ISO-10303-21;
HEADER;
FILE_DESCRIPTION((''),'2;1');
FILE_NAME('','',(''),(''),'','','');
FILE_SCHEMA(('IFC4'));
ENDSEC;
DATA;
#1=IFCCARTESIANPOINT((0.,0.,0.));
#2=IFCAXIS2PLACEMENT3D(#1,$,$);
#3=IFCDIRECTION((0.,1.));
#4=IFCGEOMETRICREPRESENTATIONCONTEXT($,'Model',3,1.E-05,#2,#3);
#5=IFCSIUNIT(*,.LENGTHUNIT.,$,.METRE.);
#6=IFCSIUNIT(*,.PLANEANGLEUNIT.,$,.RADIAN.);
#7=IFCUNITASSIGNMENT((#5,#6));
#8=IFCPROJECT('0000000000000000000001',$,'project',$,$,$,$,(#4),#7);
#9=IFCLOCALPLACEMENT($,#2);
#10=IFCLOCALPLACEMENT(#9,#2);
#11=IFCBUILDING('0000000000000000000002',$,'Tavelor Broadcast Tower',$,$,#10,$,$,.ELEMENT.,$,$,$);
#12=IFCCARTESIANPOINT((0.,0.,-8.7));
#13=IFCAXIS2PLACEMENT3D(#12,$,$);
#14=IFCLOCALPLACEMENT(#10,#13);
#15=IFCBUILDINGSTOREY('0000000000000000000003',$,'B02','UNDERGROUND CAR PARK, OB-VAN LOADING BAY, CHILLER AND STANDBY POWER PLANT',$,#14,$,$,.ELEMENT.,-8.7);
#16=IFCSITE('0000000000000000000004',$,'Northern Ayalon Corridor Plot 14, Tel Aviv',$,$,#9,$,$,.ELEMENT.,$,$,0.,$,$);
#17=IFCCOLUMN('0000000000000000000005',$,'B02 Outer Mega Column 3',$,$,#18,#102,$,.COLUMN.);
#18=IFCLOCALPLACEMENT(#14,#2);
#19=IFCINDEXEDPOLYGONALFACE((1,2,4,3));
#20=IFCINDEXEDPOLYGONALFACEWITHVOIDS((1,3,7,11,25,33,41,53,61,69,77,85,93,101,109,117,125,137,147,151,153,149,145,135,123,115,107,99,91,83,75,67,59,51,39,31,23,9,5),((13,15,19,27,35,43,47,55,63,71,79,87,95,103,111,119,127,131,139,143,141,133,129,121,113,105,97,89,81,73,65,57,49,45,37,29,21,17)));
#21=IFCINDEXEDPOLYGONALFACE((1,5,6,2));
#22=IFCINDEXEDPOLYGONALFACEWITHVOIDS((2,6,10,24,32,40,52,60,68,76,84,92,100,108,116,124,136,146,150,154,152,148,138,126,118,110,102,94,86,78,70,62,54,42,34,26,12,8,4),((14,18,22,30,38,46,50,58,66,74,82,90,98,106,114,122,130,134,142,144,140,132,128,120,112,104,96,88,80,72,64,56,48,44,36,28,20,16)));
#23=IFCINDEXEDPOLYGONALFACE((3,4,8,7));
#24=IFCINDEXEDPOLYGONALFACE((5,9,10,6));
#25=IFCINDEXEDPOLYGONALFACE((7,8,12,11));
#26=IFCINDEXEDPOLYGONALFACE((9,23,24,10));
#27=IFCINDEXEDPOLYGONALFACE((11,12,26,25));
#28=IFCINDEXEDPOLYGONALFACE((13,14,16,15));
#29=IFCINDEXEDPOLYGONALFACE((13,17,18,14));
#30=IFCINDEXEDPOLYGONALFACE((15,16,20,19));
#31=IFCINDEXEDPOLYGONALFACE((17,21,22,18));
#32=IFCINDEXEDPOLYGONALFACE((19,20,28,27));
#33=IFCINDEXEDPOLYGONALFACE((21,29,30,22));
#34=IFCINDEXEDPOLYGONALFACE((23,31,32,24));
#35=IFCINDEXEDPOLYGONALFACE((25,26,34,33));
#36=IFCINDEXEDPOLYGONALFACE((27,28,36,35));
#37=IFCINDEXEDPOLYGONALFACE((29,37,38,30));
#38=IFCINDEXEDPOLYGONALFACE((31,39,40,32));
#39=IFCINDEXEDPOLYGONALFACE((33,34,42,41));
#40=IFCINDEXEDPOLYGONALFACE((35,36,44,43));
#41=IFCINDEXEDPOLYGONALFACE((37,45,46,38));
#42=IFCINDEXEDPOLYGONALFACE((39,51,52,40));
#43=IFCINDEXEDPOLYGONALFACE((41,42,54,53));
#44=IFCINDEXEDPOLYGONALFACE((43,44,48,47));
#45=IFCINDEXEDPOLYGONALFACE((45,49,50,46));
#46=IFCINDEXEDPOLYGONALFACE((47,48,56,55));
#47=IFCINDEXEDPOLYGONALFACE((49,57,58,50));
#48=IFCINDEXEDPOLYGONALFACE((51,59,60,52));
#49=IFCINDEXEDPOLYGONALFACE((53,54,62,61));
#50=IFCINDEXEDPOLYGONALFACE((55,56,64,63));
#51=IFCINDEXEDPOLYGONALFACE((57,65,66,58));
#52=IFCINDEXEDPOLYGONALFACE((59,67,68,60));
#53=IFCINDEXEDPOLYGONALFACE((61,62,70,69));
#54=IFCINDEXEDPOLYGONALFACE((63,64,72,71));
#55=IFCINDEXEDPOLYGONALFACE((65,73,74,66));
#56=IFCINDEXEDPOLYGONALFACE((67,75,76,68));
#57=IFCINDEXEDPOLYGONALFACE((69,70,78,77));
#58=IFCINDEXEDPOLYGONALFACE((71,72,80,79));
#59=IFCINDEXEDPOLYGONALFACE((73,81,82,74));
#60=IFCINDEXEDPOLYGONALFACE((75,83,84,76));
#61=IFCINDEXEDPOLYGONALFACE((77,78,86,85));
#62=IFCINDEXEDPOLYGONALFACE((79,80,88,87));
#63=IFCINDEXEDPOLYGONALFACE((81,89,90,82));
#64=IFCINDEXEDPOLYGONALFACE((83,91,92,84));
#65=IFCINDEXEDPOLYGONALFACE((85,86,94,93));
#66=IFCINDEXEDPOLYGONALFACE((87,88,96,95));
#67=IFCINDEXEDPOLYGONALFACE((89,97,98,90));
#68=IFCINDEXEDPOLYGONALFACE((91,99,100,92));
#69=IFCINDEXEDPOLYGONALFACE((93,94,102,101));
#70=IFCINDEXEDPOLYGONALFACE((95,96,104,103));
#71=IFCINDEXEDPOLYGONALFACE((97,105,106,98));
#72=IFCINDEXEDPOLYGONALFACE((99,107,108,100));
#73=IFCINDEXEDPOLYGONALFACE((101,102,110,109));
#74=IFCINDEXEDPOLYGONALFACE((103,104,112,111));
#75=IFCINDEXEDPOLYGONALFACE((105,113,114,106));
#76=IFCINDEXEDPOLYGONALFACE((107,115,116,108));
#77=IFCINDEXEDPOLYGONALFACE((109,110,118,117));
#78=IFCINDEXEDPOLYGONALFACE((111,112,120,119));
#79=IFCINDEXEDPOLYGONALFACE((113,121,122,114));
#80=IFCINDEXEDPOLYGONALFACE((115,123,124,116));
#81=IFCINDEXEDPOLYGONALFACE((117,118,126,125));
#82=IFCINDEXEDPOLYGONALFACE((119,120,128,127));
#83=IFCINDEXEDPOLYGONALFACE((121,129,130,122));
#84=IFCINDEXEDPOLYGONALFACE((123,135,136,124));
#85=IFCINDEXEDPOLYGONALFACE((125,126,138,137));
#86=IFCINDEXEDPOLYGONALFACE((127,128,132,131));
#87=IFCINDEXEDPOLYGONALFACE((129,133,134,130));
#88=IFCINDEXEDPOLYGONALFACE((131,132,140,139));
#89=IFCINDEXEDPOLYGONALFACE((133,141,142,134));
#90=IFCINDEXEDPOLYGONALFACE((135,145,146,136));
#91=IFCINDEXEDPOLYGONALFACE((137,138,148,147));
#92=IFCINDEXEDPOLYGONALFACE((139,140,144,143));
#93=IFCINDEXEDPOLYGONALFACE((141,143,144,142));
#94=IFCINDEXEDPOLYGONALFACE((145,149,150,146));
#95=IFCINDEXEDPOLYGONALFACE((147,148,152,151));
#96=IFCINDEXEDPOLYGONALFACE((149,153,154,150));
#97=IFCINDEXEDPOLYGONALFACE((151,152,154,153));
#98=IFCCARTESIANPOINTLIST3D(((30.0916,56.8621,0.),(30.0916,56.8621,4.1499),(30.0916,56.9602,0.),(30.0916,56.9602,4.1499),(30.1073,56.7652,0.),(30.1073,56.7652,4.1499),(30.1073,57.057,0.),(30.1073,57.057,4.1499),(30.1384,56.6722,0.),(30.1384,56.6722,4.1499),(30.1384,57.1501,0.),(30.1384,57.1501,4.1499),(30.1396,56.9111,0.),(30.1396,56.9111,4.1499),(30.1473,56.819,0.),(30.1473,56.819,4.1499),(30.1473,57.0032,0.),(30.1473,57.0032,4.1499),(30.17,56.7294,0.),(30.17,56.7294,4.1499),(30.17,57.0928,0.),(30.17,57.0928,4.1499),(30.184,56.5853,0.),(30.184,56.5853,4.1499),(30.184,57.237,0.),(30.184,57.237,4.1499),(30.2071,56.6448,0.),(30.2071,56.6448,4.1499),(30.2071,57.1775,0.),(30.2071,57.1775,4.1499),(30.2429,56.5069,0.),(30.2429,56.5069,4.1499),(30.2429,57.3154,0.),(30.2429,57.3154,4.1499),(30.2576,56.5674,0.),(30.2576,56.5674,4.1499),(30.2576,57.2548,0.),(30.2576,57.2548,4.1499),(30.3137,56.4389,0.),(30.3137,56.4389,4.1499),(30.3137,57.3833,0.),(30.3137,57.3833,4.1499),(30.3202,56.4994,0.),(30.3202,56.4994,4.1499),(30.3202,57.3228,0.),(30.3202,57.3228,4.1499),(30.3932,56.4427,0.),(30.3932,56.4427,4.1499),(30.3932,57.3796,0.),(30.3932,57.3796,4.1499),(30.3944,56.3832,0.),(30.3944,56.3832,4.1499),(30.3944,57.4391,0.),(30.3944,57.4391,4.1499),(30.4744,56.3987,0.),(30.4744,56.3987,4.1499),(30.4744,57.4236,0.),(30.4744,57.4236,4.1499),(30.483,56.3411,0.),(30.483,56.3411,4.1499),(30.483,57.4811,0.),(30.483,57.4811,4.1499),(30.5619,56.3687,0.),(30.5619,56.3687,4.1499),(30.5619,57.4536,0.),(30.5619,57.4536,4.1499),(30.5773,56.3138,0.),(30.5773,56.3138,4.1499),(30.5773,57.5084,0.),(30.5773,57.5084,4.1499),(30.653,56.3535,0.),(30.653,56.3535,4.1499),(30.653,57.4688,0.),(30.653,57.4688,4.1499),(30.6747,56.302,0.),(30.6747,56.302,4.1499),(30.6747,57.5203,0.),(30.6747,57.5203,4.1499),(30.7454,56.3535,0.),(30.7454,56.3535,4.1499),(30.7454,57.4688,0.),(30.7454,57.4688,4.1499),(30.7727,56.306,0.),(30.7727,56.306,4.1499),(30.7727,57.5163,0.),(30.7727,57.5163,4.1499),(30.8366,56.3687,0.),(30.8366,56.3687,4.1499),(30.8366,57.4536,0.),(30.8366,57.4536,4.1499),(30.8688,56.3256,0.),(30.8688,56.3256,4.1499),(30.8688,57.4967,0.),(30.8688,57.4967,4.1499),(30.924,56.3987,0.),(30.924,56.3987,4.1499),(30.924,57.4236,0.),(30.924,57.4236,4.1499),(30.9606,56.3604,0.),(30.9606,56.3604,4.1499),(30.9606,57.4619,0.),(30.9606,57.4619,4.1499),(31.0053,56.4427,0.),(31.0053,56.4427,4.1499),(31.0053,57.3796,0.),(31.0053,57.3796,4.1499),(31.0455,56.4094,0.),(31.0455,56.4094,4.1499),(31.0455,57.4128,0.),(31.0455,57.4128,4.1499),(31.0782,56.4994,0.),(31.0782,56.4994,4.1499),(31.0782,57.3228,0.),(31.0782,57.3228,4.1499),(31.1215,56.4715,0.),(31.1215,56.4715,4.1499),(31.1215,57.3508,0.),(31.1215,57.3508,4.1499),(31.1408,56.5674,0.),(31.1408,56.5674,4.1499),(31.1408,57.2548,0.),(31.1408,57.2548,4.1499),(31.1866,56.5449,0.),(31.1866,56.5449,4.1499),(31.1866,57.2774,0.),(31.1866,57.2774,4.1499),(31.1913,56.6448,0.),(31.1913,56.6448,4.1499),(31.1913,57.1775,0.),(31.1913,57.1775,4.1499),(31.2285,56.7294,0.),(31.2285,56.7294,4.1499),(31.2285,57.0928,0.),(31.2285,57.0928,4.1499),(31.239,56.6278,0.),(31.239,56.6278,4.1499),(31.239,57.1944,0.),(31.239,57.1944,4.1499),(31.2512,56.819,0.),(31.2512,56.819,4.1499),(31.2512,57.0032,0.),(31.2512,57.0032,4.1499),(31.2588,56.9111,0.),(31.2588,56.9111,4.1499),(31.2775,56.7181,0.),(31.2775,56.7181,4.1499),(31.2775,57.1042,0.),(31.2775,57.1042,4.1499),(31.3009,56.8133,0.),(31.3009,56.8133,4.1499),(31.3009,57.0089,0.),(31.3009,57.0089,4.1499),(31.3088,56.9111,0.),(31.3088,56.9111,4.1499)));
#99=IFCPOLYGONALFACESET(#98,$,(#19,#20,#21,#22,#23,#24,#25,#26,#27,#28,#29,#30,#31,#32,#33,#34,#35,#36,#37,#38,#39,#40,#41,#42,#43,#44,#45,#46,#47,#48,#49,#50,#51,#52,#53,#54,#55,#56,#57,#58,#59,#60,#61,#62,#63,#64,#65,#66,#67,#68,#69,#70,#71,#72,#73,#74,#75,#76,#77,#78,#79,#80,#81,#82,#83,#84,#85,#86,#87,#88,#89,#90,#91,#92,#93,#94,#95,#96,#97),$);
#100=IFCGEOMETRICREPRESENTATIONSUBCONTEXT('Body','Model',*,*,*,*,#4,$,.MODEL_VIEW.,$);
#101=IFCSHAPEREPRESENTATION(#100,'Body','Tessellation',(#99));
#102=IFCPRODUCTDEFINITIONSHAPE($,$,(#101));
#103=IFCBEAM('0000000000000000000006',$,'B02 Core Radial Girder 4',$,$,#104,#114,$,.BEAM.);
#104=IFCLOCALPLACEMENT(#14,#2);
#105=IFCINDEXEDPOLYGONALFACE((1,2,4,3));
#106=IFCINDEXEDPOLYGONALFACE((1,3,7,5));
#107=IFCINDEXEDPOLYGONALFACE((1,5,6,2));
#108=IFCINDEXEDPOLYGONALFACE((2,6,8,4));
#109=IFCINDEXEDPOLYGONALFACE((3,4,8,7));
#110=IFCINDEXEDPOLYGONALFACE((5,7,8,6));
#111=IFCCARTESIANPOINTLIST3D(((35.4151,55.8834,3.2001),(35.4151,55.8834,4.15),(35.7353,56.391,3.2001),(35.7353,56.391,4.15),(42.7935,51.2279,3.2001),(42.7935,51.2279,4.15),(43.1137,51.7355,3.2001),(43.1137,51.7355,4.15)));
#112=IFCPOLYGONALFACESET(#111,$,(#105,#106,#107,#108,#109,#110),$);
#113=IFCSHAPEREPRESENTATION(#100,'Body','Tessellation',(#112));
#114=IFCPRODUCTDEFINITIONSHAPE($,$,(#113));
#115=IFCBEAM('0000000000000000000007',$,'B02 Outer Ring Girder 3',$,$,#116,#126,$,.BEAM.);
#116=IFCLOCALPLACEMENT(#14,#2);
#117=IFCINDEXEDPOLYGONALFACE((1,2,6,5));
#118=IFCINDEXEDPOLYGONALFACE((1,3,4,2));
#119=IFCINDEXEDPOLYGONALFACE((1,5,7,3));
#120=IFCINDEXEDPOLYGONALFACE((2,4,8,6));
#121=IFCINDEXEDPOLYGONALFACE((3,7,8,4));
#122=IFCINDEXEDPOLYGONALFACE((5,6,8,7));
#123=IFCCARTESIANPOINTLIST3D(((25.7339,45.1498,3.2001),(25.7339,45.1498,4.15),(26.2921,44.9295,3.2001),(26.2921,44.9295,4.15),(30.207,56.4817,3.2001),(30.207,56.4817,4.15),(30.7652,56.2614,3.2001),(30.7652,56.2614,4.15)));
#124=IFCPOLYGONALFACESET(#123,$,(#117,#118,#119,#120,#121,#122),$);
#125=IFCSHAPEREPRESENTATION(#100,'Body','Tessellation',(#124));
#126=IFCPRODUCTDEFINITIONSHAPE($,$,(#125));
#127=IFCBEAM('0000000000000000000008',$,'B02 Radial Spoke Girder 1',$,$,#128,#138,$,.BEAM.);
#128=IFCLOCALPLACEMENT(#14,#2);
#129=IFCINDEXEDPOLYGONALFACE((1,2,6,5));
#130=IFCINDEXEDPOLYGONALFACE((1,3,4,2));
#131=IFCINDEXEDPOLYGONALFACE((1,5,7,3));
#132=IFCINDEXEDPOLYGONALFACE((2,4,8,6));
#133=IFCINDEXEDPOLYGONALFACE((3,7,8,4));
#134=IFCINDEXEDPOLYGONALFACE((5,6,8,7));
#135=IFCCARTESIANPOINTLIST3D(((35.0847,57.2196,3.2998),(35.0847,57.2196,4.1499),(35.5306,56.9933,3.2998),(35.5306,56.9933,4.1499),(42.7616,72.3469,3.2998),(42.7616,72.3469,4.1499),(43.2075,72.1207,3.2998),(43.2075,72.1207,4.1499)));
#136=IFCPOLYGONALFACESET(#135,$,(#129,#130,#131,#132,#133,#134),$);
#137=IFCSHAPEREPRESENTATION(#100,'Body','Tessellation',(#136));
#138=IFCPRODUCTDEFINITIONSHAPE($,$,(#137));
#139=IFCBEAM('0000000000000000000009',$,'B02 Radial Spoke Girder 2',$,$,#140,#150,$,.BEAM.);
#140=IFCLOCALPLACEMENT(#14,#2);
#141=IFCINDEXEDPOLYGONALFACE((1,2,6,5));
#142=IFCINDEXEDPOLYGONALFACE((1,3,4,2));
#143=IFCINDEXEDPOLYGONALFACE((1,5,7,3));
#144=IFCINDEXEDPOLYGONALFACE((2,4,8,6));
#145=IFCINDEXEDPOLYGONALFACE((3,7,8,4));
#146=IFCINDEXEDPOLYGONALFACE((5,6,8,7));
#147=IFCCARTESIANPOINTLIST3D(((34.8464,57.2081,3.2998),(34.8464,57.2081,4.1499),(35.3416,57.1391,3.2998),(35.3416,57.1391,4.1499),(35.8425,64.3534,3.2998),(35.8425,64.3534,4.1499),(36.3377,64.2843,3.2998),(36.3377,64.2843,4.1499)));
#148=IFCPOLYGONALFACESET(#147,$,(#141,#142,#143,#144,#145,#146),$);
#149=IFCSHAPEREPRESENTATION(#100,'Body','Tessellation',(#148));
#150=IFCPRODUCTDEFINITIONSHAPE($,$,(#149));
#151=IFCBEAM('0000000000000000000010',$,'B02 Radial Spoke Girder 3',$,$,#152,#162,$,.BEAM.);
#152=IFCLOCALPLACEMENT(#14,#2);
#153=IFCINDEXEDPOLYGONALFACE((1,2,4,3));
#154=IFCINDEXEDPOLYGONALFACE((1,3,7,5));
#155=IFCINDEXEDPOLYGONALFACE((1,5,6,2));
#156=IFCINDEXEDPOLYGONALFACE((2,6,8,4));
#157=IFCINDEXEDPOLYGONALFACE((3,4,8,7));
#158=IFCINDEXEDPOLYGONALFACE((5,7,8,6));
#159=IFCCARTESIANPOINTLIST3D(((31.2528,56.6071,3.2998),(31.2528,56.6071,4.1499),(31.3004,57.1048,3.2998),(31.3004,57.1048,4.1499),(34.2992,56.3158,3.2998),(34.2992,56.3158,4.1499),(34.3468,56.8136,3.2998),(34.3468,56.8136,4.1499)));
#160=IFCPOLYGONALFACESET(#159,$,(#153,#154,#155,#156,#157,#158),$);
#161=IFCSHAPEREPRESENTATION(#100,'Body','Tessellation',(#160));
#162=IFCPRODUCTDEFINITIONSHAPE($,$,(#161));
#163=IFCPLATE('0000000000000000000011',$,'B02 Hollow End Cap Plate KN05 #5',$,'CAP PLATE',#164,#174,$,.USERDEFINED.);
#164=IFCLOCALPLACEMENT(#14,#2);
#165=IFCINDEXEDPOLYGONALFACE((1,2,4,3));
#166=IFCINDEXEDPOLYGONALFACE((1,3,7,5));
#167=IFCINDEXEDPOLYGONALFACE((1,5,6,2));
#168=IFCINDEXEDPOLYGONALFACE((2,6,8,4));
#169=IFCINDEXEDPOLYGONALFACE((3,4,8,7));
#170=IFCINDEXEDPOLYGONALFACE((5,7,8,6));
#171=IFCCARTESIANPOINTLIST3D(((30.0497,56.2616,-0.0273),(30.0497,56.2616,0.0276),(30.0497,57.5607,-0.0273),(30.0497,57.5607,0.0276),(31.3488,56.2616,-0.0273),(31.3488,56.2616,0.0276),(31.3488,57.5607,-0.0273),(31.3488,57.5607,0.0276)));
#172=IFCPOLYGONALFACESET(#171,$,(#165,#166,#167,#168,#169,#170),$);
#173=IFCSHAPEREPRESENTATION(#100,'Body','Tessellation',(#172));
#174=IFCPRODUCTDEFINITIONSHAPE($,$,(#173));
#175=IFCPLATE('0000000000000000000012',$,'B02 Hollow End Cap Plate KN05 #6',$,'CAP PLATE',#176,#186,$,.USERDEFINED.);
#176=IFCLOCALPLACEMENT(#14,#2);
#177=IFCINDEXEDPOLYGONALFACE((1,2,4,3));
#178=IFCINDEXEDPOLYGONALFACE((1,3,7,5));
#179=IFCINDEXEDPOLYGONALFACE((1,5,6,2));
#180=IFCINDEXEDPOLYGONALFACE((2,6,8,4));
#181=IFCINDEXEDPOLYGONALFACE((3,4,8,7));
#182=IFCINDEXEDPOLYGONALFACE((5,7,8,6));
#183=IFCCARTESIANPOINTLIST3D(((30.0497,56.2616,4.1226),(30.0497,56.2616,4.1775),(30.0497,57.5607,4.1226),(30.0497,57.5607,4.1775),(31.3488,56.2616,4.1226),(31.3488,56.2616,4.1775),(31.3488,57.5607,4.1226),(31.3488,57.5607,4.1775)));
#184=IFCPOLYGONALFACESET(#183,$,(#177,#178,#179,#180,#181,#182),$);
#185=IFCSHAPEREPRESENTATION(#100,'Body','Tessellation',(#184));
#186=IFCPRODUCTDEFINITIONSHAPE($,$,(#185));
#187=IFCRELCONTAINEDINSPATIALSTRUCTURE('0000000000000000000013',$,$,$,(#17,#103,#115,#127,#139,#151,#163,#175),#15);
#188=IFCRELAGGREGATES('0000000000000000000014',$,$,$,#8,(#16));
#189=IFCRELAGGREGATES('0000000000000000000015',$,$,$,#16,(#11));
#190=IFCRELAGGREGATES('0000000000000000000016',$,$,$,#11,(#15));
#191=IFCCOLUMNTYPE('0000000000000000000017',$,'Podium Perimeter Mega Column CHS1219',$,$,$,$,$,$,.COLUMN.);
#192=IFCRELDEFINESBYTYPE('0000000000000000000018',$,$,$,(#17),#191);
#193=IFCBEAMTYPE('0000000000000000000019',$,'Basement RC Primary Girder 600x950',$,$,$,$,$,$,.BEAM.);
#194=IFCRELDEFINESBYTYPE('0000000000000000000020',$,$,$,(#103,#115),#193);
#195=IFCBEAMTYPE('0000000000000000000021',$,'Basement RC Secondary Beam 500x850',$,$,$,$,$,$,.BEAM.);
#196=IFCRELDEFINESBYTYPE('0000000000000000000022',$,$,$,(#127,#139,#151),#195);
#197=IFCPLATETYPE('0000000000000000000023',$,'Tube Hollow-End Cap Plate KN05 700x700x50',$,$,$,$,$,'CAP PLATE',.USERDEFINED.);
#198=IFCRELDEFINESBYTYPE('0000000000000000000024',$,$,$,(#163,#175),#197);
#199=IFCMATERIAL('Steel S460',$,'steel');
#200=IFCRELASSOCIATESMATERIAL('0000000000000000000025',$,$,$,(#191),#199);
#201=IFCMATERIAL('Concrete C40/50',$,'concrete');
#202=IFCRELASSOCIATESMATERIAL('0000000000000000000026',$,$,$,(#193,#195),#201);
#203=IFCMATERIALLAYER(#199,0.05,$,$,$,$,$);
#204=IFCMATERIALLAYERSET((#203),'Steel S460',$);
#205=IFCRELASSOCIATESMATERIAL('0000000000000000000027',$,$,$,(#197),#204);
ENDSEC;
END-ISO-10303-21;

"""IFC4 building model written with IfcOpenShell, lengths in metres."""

from ifc_helpers import new_model, si_unit, direction, frame, origin, origin_2d, place, context, subcontext, project, spatial, rectangle, hollow_circle, extrude, source, transform, mapped, material, layer, layer_set, material_profile, profile_set, type_object, type_shapes, element, save


model = new_model("IFC4")

# Units and contexts
model_context = context("Model", 3, precision=1e-05, world=origin(), true_north=direction((0.0, 1.0)))
body_context = subcontext(model_context, "Body", "Model", "MODEL_VIEW")
ifc_project = project(units=[si_unit("LENGTHUNIT", "METRE"), si_unit("PLANEANGLEUNIT", "RADIAN")], contexts=[model_context])

# Site, building, storey
site_placement = place(None, origin())
site = spatial("IfcSite", under=ifc_project, at=site_placement, Name="Northern Ayalon Corridor Plot 14, Tel Aviv", CompositionType="ELEMENT", RefElevation=0.0)
building_placement = place(site_placement, origin())
building = spatial("IfcBuilding", under=site, at=building_placement, Name="Tavelor Broadcast Tower", CompositionType="ELEMENT")
storey_placement = place(building_placement, frame((0.0, 0.0, -8.7)))
storey = spatial("IfcBuildingStorey", under=building, at=storey_placement, Name="B02", Description="UNDERGROUND CAR PARK, OB-VAN LOADING BAY, CHILLER AND STANDBY POWER PLANT", CompositionType="ELEMENT", Elevation=-8.7)

# Shared definitions
ifc_material_1 = material(Name="Concrete C40/50", Category="concrete")

# Column
ifc_material_2 = material(Name="Steel S460", Category="steel")
ifc_material_profile_1 = material_profile(ifc_material_2, hollow_circle(Radius=0.6096, WallThickness=0.05, at=origin_2d()), Name="CHS 1219x50")
ifc_profile_set_1 = profile_set([ifc_material_profile_1], Name="Steel S460")
column_type_1 = type_object("IfcColumnType", Name="Podium Perimeter Mega Column CHS1219", PredefinedType="COLUMN", material=ifc_profile_set_1)
column_1_placement = place(storey_placement, frame((30.6992, 56.9111, 0.0), z_axis=(0.0, 0.0, 1.0), x_axis=(1.0, 0.0, 0.0)))
element("IfcColumn", 1, at=column_1_placement, inside=storey, type_object=column_type_1, Name="B02 Outer Mega Column 3", PredefinedType="COLUMN", context=body_context, shape_type="SweptSolid", body=[
    extrude(hollow_circle(Radius=0.6096, WallThickness=0.05, at=origin_2d()), origin(), (0.0, 0.0, 1.0), 4.1499),
])

# Beams
ifc_material_profile_2 = material_profile(ifc_material_1, rectangle(XDim=0.6001, YDim=0.95, at=origin_2d()), Name="RC 600x950")
ifc_profile_set_2 = profile_set([ifc_material_profile_2], Name="Concrete C40/50")
beam_type_1 = type_object("IfcBeamType", Name="Basement RC Primary Girder 600x950", PredefinedType="BEAM", material=ifc_profile_set_2)
beam_1_placement = place(storey_placement, frame((35.5752, 56.1372, 3.675), z_axis=(0.845724, -0.533621, 0.0), x_axis=(0.533621, 0.845724, 0.0)))
element("IfcBeam", 2, at=beam_1_placement, inside=storey, type_object=beam_type_1, Name="B02 Core Radial Girder 4", PredefinedType="BEAM", context=body_context, shape_type="SweptSolid", body=[
    extrude(rectangle(XDim=0.6001, YDim=0.95, at=origin_2d()), origin(), (0.0, 0.0, 1.0), 8.7244),
])
beam_2_placement = place(storey_placement, frame((30.4861, 56.3716, 3.675), z_axis=(-0.367165, -0.930156, 0.0), x_axis=(0.930156, -0.367165, 0.0)))
element("IfcBeam", 3, at=beam_2_placement, inside=storey, type_object=beam_type_1, Name="B02 Outer Ring Girder 3", PredefinedType="BEAM", context=body_context, shape_type="SweptSolid", body=[
    extrude(rectangle(XDim=0.6001, YDim=0.95, at=origin_2d()), origin(), (0.0, 0.0, 1.0), 12.1829),
])
ifc_material_profile_3 = material_profile(ifc_material_1, rectangle(XDim=0.5, YDim=0.8501, at=origin_2d()), Name="RC 500x850")
ifc_profile_set_3 = profile_set([ifc_material_profile_3], Name="Concrete C40/50")
beam_type_2 = type_object("IfcBeamType", Name="Basement RC Secondary Beam 500x850", PredefinedType="BEAM", material=ifc_profile_set_3)
beam_3_placement = place(storey_placement, frame((35.3076, 57.1064, 3.7249), z_axis=(0.452548, 0.89174, 0.0), x_axis=(-0.89174, 0.452548, 0.0)))
element("IfcBeam", 4, at=beam_3_placement, inside=storey, type_object=beam_type_2, Name="B02 Radial Spoke Girder 1", PredefinedType="BEAM", context=body_context, shape_type="SweptSolid", body=[
    extrude(rectangle(XDim=0.5, YDim=0.8501, at=origin_2d()), origin(), (0.0, 0.0, 1.0), 16.9639),
])
beam_4_placement = place(storey_placement, frame((35.094, 57.1736, 3.7249), z_axis=(0.138071, 0.990422, 0.0), x_axis=(-0.990422, 0.138071, 0.0)))
element("IfcBeam", 5, at=beam_4_placement, inside=storey, type_object=beam_type_2, Name="B02 Radial Spoke Girder 2", PredefinedType="BEAM", context=body_context, shape_type="SweptSolid", body=[
    extrude(rectangle(XDim=0.5, YDim=0.8501, at=origin_2d()), origin(), (0.0, 0.0, 1.0), 7.2144),
])
beam_5_placement = place(storey_placement, frame((34.323, 56.5647, 3.7249), z_axis=(-0.995461, 0.095174, 0.0), x_axis=(-0.095174, -0.995461, 0.0)))
element("IfcBeam", 6, at=beam_5_placement, inside=storey, type_object=beam_type_2, Name="B02 Radial Spoke Girder 3", PredefinedType="BEAM", context=body_context, shape_type="SweptSolid", body=[
    extrude(rectangle(XDim=0.5, YDim=0.8501, at=origin_2d()), origin(), (0.0, 0.0, 1.0), 3.0603),
])

# Plates
ifc_layer_1 = layer(ifc_material_2, 0.05)
ifc_layer_set_1 = layer_set([ifc_layer_1], Name="Steel S460")
plate_type = type_object("IfcPlateType", Name="Tube Hollow-End Cap Plate KN05 700x700x50", ElementType="CAP PLATE", PredefinedType="USERDEFINED", material=ifc_layer_set_1)
shared_shape = source(origin(), body_context, "Body", "SweptSolid", [
    extrude(rectangle(XDim=1.2991, YDim=1.2991, at=origin_2d()), origin(), (0.0, 0.0, 1.0), 0.0549),
])
type_shapes(plate_type, [shared_shape])
for number, where, z_axis, x_axis, name in (
    (7, (30.6992, 56.9111, -0.0273), (0.0, 0.0, 1.0), (1.0, 0.0, 0.0), "B02 Hollow End Cap Plate KN05 #5"),
    (8, (30.6992, 56.9111, 4.1226), (0.0, 0.0, 1.0), (1.0, 0.0, 0.0), "B02 Hollow End Cap Plate KN05 #6"),
):
    element("IfcPlate", number, at=place(storey_placement, frame(where, z_axis=z_axis, x_axis=x_axis)), inside=storey, type_object=plate_type, Name=name, ObjectType="CAP PLATE", PredefinedType="USERDEFINED", context=body_context, shape_type="MappedRepresentation", body=[
        mapped(shared_shape, transform((0.0, 0.0, 0.0), scale=1.0)),
    ])

save(model, "model.ifc")
